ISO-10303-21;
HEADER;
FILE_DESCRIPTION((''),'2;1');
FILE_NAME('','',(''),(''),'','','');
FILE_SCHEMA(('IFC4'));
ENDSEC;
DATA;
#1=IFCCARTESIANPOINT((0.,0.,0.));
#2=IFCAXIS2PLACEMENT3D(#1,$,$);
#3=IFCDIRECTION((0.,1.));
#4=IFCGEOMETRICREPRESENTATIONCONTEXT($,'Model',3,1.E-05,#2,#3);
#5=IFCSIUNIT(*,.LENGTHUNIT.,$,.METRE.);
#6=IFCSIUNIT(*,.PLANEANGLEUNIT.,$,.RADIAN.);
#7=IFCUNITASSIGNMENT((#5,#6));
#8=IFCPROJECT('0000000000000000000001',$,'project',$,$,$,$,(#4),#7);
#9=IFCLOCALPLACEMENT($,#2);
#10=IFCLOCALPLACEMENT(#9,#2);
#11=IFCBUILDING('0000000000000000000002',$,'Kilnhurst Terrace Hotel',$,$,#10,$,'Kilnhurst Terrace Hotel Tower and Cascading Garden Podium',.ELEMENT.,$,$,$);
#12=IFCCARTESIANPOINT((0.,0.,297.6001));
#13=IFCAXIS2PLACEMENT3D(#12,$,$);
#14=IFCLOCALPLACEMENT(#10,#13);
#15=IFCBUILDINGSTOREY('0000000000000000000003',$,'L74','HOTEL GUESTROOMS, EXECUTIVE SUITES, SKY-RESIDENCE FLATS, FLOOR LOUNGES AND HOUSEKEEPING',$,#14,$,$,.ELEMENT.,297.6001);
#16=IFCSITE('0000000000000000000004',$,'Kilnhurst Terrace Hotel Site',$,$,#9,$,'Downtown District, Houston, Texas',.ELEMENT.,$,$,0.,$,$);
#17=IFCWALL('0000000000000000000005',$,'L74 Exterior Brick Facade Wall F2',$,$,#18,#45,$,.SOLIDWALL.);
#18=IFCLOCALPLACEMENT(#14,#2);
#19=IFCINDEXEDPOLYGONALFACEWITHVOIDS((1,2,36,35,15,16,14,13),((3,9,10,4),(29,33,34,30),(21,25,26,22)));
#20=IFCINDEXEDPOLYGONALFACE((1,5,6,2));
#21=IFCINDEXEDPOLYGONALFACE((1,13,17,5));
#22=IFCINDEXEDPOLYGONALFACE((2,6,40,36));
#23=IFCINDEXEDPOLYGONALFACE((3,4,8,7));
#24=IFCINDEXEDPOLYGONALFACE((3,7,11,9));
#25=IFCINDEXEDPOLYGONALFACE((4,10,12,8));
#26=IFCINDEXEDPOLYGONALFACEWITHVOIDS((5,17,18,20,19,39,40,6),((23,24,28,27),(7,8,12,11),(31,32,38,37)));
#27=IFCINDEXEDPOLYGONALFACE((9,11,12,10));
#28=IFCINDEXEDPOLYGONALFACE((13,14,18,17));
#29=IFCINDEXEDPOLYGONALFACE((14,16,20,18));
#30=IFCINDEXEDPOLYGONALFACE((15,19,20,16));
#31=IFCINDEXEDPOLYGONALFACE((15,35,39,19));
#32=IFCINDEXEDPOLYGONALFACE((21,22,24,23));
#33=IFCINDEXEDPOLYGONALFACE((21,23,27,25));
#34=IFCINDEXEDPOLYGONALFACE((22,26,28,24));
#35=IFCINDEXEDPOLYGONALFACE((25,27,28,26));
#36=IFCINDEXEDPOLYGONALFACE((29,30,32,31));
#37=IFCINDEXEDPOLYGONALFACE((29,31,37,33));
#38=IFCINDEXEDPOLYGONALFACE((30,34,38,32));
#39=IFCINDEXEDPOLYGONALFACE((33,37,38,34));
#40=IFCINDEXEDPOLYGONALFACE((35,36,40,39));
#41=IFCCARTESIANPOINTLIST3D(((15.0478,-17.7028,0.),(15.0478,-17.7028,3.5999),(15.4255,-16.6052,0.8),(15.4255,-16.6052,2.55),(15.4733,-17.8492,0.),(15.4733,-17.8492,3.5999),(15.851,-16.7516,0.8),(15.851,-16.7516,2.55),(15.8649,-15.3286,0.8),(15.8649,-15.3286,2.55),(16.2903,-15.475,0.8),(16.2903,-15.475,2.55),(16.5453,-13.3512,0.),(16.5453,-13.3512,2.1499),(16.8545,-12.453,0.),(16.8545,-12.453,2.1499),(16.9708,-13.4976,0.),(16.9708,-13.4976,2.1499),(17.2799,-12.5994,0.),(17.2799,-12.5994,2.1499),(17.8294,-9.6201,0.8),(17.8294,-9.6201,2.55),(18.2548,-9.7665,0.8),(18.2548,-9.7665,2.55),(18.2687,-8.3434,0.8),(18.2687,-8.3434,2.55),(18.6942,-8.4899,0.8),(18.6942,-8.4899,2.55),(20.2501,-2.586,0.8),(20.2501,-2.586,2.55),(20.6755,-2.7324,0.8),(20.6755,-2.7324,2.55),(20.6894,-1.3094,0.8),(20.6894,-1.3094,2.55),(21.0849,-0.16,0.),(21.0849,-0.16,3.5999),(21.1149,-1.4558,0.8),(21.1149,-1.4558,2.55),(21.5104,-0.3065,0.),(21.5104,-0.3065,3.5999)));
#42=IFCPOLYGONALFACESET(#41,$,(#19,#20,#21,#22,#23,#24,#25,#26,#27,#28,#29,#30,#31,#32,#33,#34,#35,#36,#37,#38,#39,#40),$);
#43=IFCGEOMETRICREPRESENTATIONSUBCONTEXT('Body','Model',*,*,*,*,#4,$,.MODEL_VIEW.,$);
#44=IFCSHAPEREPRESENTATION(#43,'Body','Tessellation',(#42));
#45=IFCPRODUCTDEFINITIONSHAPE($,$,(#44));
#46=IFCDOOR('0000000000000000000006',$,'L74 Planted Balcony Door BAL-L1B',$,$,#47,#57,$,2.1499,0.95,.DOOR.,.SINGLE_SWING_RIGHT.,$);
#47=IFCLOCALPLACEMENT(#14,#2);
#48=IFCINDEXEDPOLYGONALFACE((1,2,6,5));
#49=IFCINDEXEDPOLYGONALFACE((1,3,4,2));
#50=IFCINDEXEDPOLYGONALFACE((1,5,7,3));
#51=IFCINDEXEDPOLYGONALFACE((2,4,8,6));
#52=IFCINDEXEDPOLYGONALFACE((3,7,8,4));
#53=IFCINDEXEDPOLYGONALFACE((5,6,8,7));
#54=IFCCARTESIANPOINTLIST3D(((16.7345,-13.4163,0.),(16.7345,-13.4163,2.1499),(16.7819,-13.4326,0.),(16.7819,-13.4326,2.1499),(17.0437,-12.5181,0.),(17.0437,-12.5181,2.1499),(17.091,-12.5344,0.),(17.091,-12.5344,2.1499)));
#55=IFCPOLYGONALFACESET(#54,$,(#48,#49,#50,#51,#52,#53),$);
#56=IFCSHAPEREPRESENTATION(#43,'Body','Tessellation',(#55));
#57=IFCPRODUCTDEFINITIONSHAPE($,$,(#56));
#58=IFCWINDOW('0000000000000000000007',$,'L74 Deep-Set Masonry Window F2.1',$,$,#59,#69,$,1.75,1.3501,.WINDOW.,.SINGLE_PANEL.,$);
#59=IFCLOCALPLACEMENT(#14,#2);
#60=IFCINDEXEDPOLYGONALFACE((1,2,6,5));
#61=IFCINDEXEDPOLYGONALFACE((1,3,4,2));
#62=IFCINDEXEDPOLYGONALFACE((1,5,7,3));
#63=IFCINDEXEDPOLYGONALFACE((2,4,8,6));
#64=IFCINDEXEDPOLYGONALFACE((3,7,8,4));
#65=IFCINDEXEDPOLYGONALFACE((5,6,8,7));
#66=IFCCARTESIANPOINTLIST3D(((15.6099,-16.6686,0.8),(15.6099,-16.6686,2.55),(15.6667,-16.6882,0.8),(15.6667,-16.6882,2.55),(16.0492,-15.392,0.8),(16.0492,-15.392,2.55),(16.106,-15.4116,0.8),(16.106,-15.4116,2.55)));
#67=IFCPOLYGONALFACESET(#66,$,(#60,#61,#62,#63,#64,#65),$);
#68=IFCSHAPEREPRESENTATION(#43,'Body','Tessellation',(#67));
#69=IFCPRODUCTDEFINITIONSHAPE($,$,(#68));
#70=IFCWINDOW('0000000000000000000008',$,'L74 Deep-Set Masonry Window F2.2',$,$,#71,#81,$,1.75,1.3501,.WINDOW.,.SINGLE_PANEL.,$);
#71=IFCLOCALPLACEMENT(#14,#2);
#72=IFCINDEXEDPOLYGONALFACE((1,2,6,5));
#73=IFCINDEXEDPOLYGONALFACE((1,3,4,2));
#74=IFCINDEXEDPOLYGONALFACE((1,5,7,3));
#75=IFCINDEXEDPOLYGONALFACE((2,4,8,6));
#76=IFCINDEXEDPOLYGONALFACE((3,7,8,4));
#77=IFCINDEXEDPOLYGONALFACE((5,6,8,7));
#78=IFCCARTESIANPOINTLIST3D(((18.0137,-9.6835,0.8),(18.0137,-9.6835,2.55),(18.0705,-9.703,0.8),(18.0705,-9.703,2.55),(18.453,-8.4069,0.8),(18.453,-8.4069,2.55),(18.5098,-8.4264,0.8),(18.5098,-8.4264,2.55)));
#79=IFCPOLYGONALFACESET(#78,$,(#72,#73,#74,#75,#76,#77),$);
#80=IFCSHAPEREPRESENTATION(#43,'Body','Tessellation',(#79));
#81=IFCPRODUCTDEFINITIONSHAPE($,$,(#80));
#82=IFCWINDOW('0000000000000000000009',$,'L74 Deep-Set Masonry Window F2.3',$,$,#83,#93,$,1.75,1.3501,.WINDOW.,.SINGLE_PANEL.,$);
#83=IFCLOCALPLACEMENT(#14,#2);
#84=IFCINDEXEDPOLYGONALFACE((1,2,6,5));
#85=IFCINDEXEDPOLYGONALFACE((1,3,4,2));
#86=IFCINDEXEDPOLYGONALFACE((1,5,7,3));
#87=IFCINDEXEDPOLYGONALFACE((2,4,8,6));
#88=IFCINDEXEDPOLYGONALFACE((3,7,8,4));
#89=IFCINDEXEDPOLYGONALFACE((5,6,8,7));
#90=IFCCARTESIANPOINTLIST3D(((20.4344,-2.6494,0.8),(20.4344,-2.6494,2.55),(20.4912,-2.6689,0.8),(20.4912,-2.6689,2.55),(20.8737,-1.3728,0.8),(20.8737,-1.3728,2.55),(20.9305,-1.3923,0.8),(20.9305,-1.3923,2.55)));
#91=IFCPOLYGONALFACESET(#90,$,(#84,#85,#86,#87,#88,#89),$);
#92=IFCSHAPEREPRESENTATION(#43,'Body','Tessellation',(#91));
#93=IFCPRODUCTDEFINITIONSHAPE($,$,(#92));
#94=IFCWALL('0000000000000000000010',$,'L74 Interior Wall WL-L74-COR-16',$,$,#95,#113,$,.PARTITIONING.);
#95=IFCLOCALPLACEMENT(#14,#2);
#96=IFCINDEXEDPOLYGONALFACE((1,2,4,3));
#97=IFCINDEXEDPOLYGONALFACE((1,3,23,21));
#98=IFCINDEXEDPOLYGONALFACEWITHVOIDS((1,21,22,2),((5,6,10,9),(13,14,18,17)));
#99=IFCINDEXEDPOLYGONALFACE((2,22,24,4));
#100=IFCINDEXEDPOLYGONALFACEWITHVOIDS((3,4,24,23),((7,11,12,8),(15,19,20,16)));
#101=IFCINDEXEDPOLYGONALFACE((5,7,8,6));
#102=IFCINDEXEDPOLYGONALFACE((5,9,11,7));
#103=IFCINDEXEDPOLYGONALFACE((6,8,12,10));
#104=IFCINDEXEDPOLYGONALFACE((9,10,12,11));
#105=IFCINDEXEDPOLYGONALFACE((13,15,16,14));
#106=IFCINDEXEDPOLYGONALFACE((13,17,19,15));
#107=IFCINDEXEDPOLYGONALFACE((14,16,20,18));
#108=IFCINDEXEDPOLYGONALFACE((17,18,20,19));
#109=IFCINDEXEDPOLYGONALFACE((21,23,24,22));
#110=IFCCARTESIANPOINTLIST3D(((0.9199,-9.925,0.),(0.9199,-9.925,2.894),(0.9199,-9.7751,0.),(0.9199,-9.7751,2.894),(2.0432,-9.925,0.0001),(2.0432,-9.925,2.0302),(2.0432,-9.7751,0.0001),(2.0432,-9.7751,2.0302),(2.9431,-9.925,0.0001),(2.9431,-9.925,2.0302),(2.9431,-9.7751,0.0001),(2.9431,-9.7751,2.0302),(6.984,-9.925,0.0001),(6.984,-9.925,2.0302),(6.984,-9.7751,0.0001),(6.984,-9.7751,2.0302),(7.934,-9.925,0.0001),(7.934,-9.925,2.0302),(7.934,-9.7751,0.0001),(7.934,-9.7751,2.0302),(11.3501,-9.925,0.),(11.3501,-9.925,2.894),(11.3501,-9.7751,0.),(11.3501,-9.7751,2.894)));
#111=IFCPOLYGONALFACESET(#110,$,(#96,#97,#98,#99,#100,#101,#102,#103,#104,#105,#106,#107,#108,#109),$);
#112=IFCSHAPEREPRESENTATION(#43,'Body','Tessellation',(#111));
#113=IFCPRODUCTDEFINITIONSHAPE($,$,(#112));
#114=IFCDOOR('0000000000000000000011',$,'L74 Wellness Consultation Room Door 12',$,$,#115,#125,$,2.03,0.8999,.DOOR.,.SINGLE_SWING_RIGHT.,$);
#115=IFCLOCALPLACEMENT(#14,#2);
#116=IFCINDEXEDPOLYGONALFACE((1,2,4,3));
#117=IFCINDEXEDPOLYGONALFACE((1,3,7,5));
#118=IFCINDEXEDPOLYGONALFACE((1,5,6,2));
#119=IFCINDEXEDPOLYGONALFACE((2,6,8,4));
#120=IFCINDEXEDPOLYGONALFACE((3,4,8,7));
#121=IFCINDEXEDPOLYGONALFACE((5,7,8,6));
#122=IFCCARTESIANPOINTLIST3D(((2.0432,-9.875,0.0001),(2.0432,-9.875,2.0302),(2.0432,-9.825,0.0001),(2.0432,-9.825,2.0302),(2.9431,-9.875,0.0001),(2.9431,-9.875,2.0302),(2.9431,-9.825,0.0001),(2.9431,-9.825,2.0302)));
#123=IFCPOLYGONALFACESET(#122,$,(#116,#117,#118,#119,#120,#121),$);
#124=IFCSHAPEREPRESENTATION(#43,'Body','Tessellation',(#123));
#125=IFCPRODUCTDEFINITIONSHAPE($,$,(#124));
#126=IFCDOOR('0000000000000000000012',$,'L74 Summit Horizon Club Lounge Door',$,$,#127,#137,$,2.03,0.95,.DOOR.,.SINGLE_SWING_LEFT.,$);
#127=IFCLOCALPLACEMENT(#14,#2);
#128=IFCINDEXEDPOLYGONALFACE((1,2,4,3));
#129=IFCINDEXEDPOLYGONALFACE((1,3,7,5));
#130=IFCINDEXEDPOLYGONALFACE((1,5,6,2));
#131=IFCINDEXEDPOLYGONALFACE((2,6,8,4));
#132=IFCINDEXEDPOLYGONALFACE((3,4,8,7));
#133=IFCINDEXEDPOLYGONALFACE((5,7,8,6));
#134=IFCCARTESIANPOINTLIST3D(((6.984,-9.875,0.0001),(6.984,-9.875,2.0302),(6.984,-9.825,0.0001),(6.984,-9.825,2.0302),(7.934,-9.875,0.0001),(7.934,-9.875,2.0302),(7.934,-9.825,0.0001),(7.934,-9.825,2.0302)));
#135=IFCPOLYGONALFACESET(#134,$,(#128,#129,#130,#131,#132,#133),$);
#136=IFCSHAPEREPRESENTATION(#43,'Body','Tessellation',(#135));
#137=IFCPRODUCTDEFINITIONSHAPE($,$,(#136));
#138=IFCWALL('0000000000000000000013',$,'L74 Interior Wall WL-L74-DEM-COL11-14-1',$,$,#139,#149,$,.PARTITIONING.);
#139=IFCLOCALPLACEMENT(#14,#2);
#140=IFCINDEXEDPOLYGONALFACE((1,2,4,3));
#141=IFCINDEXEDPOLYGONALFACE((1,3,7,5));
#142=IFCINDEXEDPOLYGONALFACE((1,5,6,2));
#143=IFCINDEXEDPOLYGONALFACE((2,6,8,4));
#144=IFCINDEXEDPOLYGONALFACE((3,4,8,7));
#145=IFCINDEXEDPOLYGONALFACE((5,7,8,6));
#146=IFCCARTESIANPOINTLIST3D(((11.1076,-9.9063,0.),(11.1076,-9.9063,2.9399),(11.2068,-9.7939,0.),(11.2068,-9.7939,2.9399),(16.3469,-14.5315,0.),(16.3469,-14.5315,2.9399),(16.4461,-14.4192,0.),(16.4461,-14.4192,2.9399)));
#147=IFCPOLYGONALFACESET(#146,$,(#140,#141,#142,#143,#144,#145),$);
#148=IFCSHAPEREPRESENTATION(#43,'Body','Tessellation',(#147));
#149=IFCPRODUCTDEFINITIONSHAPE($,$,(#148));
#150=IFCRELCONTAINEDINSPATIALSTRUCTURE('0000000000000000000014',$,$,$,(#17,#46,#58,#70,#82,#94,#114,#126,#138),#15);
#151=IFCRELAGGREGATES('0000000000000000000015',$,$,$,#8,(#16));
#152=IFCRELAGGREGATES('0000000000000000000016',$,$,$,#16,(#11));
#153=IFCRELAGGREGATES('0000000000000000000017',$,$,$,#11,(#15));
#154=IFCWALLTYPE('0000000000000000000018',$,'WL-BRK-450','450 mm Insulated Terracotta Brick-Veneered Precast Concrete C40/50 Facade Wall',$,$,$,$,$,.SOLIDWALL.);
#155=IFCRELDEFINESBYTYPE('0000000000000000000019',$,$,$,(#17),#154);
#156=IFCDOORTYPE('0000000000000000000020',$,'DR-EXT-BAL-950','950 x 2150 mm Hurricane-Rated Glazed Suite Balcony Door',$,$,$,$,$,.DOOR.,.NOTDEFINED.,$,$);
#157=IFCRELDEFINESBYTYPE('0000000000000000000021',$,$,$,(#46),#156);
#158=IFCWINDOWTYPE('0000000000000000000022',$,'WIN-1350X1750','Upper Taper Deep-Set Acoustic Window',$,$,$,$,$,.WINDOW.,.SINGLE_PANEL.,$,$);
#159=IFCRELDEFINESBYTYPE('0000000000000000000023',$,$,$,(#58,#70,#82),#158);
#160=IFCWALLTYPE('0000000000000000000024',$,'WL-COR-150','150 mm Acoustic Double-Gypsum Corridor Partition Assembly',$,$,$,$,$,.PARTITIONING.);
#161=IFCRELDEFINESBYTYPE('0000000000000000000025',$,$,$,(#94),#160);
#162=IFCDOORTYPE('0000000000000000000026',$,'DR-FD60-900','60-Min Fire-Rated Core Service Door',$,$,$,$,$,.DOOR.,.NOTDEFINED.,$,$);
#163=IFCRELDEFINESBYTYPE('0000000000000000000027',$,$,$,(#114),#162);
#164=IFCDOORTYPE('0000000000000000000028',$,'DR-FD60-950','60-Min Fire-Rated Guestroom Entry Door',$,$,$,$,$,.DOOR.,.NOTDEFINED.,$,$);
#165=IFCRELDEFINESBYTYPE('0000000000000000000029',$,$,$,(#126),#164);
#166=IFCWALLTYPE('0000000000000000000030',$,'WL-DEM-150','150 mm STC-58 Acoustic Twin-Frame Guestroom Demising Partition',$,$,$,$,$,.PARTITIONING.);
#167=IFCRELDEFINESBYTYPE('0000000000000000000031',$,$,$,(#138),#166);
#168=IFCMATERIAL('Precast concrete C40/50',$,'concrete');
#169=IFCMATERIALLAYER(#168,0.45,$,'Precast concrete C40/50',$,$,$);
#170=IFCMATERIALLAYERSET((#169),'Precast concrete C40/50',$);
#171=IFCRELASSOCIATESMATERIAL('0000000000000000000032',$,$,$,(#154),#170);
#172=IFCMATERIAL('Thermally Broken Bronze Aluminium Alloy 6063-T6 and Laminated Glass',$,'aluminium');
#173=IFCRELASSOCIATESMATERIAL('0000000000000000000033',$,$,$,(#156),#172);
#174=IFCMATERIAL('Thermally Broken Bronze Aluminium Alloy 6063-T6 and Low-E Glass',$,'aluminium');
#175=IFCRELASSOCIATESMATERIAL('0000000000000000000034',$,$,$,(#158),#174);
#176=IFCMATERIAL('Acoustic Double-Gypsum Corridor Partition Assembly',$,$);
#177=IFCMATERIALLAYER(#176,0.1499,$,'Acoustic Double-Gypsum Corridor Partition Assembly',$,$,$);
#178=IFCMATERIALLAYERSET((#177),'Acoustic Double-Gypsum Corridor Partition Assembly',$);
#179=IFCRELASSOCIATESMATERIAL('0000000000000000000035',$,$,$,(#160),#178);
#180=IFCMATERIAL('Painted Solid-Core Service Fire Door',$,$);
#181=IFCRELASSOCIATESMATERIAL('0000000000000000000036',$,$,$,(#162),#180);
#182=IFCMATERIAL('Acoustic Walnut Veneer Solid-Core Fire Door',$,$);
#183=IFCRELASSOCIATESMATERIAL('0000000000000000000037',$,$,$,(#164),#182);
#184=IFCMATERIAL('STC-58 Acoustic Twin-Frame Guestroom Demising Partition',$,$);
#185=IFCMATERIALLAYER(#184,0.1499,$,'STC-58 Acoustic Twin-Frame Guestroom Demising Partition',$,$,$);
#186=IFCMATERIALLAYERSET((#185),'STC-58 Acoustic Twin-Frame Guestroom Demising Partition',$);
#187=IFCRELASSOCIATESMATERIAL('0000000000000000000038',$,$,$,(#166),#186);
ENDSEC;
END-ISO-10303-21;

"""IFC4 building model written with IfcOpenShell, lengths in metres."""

from ifc_helpers import new_model, si_unit, direction, frame, frame_2d, origin, place, context, subcontext, project, spatial, rectangle, extrude, material, layer, layer_set, type_object, element, fill, save


model = new_model("IFC4")

# Units and contexts
model_context = context("Model", 3, precision=1e-05, world=origin(), true_north=direction((0.0, 1.0)))
body_context = subcontext(model_context, "Body", "Model", "MODEL_VIEW")
ifc_project = project(units=[si_unit("LENGTHUNIT", "METRE"), si_unit("PLANEANGLEUNIT", "RADIAN")], contexts=[model_context])

# Site, building, storey
site_placement = place(None, origin())
site = spatial("IfcSite", under=ifc_project, at=site_placement, Name="Kilnhurst Terrace Hotel Site", LongName="Downtown District, Houston, Texas", CompositionType="ELEMENT", RefElevation=0.0)
building_placement = place(site_placement, origin())
building = spatial("IfcBuilding", under=site, at=building_placement, Name="Kilnhurst Terrace Hotel", LongName="Kilnhurst Terrace Hotel Tower and Cascading Garden Podium", CompositionType="ELEMENT")
storey_placement = place(building_placement, frame((0.0, 0.0, 297.6001)))
storey = spatial("IfcBuildingStorey", under=building, at=storey_placement, Name="L74", Description="HOTEL GUESTROOMS, EXECUTIVE SUITES, SKY-RESIDENCE FLATS, FLOOR LOUNGES AND HOUSEKEEPING", CompositionType="ELEMENT", Elevation=297.6001)

# Shared definitions
ifc_material_1 = material(Name="Precast concrete C40/50", Category="concrete")
ifc_layer_1 = layer(ifc_material_1, 0.45, Name="Precast concrete C40/50")
ifc_layer_set_1 = layer_set([ifc_layer_1], Name="Precast concrete C40/50")
wall_type_1 = type_object("IfcWallType", Name="WL-BRK-450", Description="450 mm Insulated Terracotta Brick-Veneered Precast Concrete C40/50 Facade Wall", PredefinedType="SOLIDWALL", material=ifc_layer_set_1)

# Wall, openings, door, windows
wall_1_placement = place(storey_placement, frame((15.2605, -17.7761, 0.0), z_axis=(0.0, 0.0, 1.0), x_axis=(0.325407, 0.945574, 0.0)))
wall_1 = element("IfcWall", 1, at=wall_1_placement, inside=storey, type_object=wall_type_1, Name="L74 Exterior Brick Facade Wall F2", PredefinedType="SOLIDWALL", context=body_context, shape_type="SweptSolid", body=[
    extrude(rectangle(XDim=18.5525, YDim=0.45, at=frame_2d((9.2764, 0.0))), origin(), (0.0, 0.0, 1.0), 3.5999),
])
opening_1_placement = place(wall_1_placement, frame((4.6021, 0.0, 0.0)))
opening_1 = element("IfcOpeningElement", 2, at=opening_1_placement, cuts=wall_1, PredefinedType="OPENING", context=body_context, shape_type="SweptSolid", body=[
    extrude(rectangle(XDim=0.95, YDim=2.1499, at=frame_2d((0.4751, 1.075))), frame((0.0, 0.2349, 0.0), z_axis=(0.0, -1.0, 0.0), x_axis=(1.0, 0.0, 0.0)), (0.0, 0.0, 1.0), 0.47),
])
opening_2_placement = place(wall_1_placement, frame((1.1609, 0.0, 0.8)))
opening_2 = element("IfcOpeningElement", 3, at=opening_2_placement, cuts=wall_1, PredefinedType="OPENING", context=body_context, shape_type="SweptSolid", body=[
    extrude(rectangle(XDim=1.3501, YDim=1.75, at=frame_2d((0.675, 0.875))), frame((0.0, 0.2349, 0.0), z_axis=(0.0, -1.0, 0.0), x_axis=(1.0, 0.0, 0.0)), (0.0, 0.0, 1.0), 0.47),
])
opening_3_placement = place(wall_1_placement, frame((8.5481, 0.0, 0.8)))
opening_3 = element("IfcOpeningElement", 4, at=opening_3_placement, cuts=wall_1, PredefinedType="OPENING", context=body_context, shape_type="SweptSolid", body=[
    extrude(rectangle(XDim=1.3501, YDim=1.75, at=frame_2d((0.675, 0.875))), frame((0.0, 0.2349, 0.0), z_axis=(0.0, -1.0, 0.0), x_axis=(1.0, 0.0, 0.0)), (0.0, 0.0, 1.0), 0.47),
])
opening_4_placement = place(wall_1_placement, frame((15.9871, 0.0, 0.8)))
opening_4 = element("IfcOpeningElement", 5, at=opening_4_placement, cuts=wall_1, PredefinedType="OPENING", context=body_context, shape_type="SweptSolid", body=[
    extrude(rectangle(XDim=1.3501, YDim=1.75, at=frame_2d((0.675, 0.875))), frame((0.0, 0.2349, 0.0), z_axis=(0.0, -1.0, 0.0), x_axis=(1.0, 0.0, 0.0)), (0.0, 0.0, 1.0), 0.47),
])
ifc_material_2 = material(Name="Thermally Broken Bronze Aluminium Alloy 6063-T6 and Laminated Glass", Category="aluminium")
door_type_1 = type_object("IfcDoorType", Name="DR-EXT-BAL-950", Description="950 x 2150 mm Hurricane-Rated Glazed Suite Balcony Door", OperationType="NOTDEFINED", PredefinedType="DOOR", material=ifc_material_2)
door_1_placement = place(opening_1_placement, origin())
door_1 = element("IfcDoor", 6, at=door_1_placement, inside=storey, type_object=door_type_1, Name="L74 Planted Balcony Door BAL-L1B", OperationType="SINGLE_SWING_RIGHT", OverallHeight=2.1499, OverallWidth=0.95, PredefinedType="DOOR", context=body_context, shape_type="SweptSolid", body=[
    extrude(rectangle(XDim=0.95, YDim=2.1499, at=frame_2d((0.4751, 1.075))), frame((0.0, 0.0249, 0.0), z_axis=(0.0, -1.0, 0.0), x_axis=(1.0, 0.0, 0.0)), (0.0, 0.0, 1.0), 0.05),
])
fill(opening_1, door_1)
ifc_material_3 = material(Name="Thermally Broken Bronze Aluminium Alloy 6063-T6 and Low-E Glass", Category="aluminium")
window_type = type_object("IfcWindowType", Name="WIN-1350X1750", Description="Upper Taper Deep-Set Acoustic Window", PartitioningType="SINGLE_PANEL", PredefinedType="WINDOW", material=ifc_material_3)
window_1_placement = place(opening_2_placement, origin())
window_1 = element("IfcWindow", 7, at=window_1_placement, inside=storey, type_object=window_type, Name="L74 Deep-Set Masonry Window F2.1", OverallHeight=1.75, OverallWidth=1.3501, PartitioningType="SINGLE_PANEL", PredefinedType="WINDOW", context=body_context, shape_type="SweptSolid", body=[
    extrude(rectangle(XDim=1.3501, YDim=1.75, at=frame_2d((0.675, 0.875))), frame((0.0, 0.03, 0.0), z_axis=(0.0, -1.0, 0.0), x_axis=(1.0, 0.0, 0.0)), (0.0, 0.0, 1.0), 0.0601),
])
fill(opening_2, window_1)
window_2_placement = place(opening_3_placement, origin())
window_2 = element("IfcWindow", 8, at=window_2_placement, inside=storey, type_object=window_type, Name="L74 Deep-Set Masonry Window F2.2", OverallHeight=1.75, OverallWidth=1.3501, PartitioningType="SINGLE_PANEL", PredefinedType="WINDOW", context=body_context, shape_type="SweptSolid", body=[
    extrude(rectangle(XDim=1.3501, YDim=1.75, at=frame_2d((0.675, 0.875))), frame((0.0, 0.03, 0.0), z_axis=(0.0, -1.0, 0.0), x_axis=(1.0, 0.0, 0.0)), (0.0, 0.0, 1.0), 0.0601),
])
fill(opening_3, window_2)
window_3_placement = place(opening_4_placement, origin())
window_3 = element("IfcWindow", 9, at=window_3_placement, inside=storey, type_object=window_type, Name="L74 Deep-Set Masonry Window F2.3", OverallHeight=1.75, OverallWidth=1.3501, PartitioningType="SINGLE_PANEL", PredefinedType="WINDOW", context=body_context, shape_type="SweptSolid", body=[
    extrude(rectangle(XDim=1.3501, YDim=1.75, at=frame_2d((0.675, 0.875))), frame((0.0, 0.03, 0.0), z_axis=(0.0, -1.0, 0.0), x_axis=(1.0, 0.0, 0.0)), (0.0, 0.0, 1.0), 0.0601),
])
fill(opening_4, window_3)

# Wall, openings, doors
ifc_material_4 = material(Name="Acoustic Double-Gypsum Corridor Partition Assembly")
ifc_layer_2 = layer(ifc_material_4, 0.1499, Name="Acoustic Double-Gypsum Corridor Partition Assembly")
ifc_layer_set_2 = layer_set([ifc_layer_2], Name="Acoustic Double-Gypsum Corridor Partition Assembly")
wall_type_2 = type_object("IfcWallType", Name="WL-COR-150", Description="150 mm Acoustic Double-Gypsum Corridor Partition Assembly", PredefinedType="PARTITIONING", material=ifc_layer_set_2)
wall_2_placement = place(storey_placement, frame((11.3501, -9.8501, 0.0), z_axis=(0.0, 0.0, 1.0), x_axis=(-1.0, 0.0, 0.0)))
wall_2 = element("IfcWall", 10, at=wall_2_placement, inside=storey, type_object=wall_type_2, Name="L74 Interior Wall WL-L74-COR-16", PredefinedType="PARTITIONING", context=body_context, shape_type="SweptSolid", body=[
    extrude(rectangle(XDim=10.4302, YDim=0.1499, at=frame_2d((5.2151, 0.0))), origin(), (0.0, 0.0, 1.0), 2.894),
])
opening_5_placement = place(wall_2_placement, frame((8.407, 0.0, 0.0)))
opening_5 = element("IfcOpeningElement", 11, at=opening_5_placement, cuts=wall_2, PredefinedType="OPENING", context=body_context, shape_type="SweptSolid", body=[
    extrude(rectangle(XDim=0.8999, YDim=2.03, at=frame_2d((0.45, 1.0151))), frame((0.0, 0.085, 0.0), z_axis=(0.0, -1.0, 0.0), x_axis=(1.0, 0.0, 0.0)), (0.0, 0.0, 1.0), 0.1699),
])
opening_6_placement = place(wall_2_placement, frame((3.416, 0.0, 0.0)))
opening_6 = element("IfcOpeningElement", 12, at=opening_6_placement, cuts=wall_2, PredefinedType="OPENING", context=body_context, shape_type="SweptSolid", body=[
    extrude(rectangle(XDim=0.95, YDim=2.03, at=frame_2d((0.4751, 1.0151))), frame((0.0, 0.085, 0.0), z_axis=(0.0, -1.0, 0.0), x_axis=(1.0, 0.0, 0.0)), (0.0, 0.0, 1.0), 0.1699),
])
ifc_material_5 = material(Name="Painted Solid-Core Service Fire Door")
door_type_2 = type_object("IfcDoorType", Name="DR-FD60-900", Description="60-Min Fire-Rated Core Service Door", OperationType="NOTDEFINED", PredefinedType="DOOR", material=ifc_material_5)
door_2_placement = place(opening_5_placement, origin())
door_2 = element("IfcDoor", 13, at=door_2_placement, inside=storey, type_object=door_type_2, Name="L74 Wellness Consultation Room Door 12", OperationType="SINGLE_SWING_RIGHT", OverallHeight=2.03, OverallWidth=0.8999, PredefinedType="DOOR", context=body_context, shape_type="SweptSolid", body=[
    extrude(rectangle(XDim=0.8999, YDim=2.03, at=frame_2d((0.45, 1.0151))), frame((0.0, 0.0249, 0.0), z_axis=(0.0, -1.0, 0.0), x_axis=(1.0, 0.0, 0.0)), (0.0, 0.0, 1.0), 0.05),
])
fill(opening_5, door_2)
ifc_material_6 = material(Name="Acoustic Walnut Veneer Solid-Core Fire Door")
door_type_3 = type_object("IfcDoorType", Name="DR-FD60-950", Description="60-Min Fire-Rated Guestroom Entry Door", OperationType="NOTDEFINED", PredefinedType="DOOR", material=ifc_material_6)
door_3_placement = place(opening_6_placement, origin())
door_3 = element("IfcDoor", 14, at=door_3_placement, inside=storey, type_object=door_type_3, Name="L74 Summit Horizon Club Lounge Door", OperationType="SINGLE_SWING_LEFT", OverallHeight=2.03, OverallWidth=0.95, PredefinedType="DOOR", context=body_context, shape_type="SweptSolid", body=[
    extrude(rectangle(XDim=0.95, YDim=2.03, at=frame_2d((0.4751, 1.0151))), frame((0.0, 0.0249, 0.0), z_axis=(0.0, -1.0, 0.0), x_axis=(1.0, 0.0, 0.0)), (0.0, 0.0, 1.0), 0.05),
])
fill(opening_6, door_3)

# Wall
ifc_material_7 = material(Name="STC-58 Acoustic Twin-Frame Guestroom Demising Partition")
ifc_layer_3 = layer(ifc_material_7, 0.1499, Name="STC-58 Acoustic Twin-Frame Guestroom Demising Partition")
ifc_layer_set_3 = layer_set([ifc_layer_3], Name="STC-58 Acoustic Twin-Frame Guestroom Demising Partition")
wall_type_3 = type_object("IfcWallType", Name="WL-DEM-150", Description="150 mm STC-58 Acoustic Twin-Frame Guestroom Demising Partition", PredefinedType="PARTITIONING", material=ifc_layer_set_3)
wall_3_placement = place(storey_placement, frame((11.1572, -9.8501, 0.0), z_axis=(0.0, 0.0, 1.0), x_axis=(0.74967, -0.661812, 0.0)))
element("IfcWall", 15, at=wall_3_placement, inside=storey, type_object=wall_type_3, Name="L74 Interior Wall WL-L74-DEM-COL11-14-1", PredefinedType="PARTITIONING", context=body_context, shape_type="SweptSolid", body=[
    extrude(rectangle(XDim=6.9888, YDim=0.1499, at=frame_2d((3.4944, 0.0))), origin(), (0.0, 0.0, 1.0), 2.9399),
])

save(model, "model.ifc")
